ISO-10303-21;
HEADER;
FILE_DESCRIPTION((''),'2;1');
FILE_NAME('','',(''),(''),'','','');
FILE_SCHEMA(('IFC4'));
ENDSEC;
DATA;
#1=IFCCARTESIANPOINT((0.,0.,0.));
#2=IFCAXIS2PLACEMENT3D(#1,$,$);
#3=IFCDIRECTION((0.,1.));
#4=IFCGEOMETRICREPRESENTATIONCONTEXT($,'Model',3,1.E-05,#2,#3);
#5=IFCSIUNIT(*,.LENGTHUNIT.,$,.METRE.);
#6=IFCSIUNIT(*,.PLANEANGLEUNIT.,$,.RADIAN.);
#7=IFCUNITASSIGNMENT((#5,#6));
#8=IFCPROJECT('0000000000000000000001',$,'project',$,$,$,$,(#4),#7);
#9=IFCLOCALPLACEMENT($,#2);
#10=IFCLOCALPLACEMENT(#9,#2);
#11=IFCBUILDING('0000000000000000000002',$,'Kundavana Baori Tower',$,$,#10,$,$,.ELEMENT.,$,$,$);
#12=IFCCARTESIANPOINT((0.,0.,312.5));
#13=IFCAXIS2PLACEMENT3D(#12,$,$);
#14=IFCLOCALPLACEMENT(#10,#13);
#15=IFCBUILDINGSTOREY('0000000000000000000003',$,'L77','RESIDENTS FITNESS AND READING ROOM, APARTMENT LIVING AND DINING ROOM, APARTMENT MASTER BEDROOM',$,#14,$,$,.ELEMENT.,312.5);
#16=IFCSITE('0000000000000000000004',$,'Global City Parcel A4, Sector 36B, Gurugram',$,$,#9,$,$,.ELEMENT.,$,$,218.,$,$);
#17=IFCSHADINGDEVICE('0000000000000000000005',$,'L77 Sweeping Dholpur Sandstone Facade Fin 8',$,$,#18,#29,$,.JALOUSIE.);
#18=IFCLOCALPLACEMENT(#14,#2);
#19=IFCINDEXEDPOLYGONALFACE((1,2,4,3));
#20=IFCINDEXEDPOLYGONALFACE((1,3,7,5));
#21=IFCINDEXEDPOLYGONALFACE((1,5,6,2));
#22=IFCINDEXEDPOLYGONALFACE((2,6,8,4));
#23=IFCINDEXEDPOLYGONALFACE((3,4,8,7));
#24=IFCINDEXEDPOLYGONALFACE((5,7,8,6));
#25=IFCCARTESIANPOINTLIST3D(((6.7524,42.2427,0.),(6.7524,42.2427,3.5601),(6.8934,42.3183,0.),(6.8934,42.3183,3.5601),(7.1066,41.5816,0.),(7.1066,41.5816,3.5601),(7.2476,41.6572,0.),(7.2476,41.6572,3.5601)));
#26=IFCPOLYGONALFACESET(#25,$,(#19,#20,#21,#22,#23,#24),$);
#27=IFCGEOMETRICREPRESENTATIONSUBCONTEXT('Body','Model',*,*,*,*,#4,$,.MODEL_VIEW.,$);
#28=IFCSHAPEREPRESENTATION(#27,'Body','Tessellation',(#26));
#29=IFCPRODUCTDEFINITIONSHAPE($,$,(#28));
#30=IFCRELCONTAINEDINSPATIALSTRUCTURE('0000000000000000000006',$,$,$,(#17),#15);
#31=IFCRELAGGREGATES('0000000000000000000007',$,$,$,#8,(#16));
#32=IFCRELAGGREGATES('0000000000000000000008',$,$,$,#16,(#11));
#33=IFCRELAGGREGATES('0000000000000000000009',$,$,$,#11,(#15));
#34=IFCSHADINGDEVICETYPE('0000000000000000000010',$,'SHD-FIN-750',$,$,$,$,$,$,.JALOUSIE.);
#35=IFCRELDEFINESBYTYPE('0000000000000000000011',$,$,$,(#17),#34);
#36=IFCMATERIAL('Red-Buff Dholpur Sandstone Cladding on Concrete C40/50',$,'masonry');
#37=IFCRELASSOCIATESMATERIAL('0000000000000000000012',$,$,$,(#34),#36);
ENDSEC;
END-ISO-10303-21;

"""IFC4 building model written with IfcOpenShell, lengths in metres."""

from ifc_helpers import new_model, si_unit, direction, frame, origin, origin_2d, place, context, subcontext, project, spatial, rectangle, extrude, material, type_object, element, save


model = new_model("IFC4")

# Units and contexts
model_context = context("Model", 3, precision=1e-05, world=origin(), true_north=direction((0.0, 1.0)))
body_context = subcontext(model_context, "Body", "Model", "MODEL_VIEW")
ifc_project = project(units=[si_unit("LENGTHUNIT", "METRE"), si_unit("PLANEANGLEUNIT", "RADIAN")], contexts=[model_context])

# Site, building, storey
site_placement = place(None, origin())
site = spatial("IfcSite", under=ifc_project, at=site_placement, Name="Global City Parcel A4, Sector 36B, Gurugram", CompositionType="ELEMENT", RefElevation=218.0)
building_placement = place(site_placement, origin())
building = spatial("IfcBuilding", under=site, at=building_placement, Name="Kundavana Baori Tower", CompositionType="ELEMENT")
storey_placement = place(building_placement, frame((0.0, 0.0, 312.5)))
storey = spatial("IfcBuildingStorey", under=building, at=storey_placement, Name="L77", Description="RESIDENTS FITNESS AND READING ROOM, APARTMENT LIVING AND DINING ROOM, APARTMENT MASTER BEDROOM", CompositionType="ELEMENT", Elevation=312.5)

# Shading device
ifc_material_1 = material(Name="Red-Buff Dholpur Sandstone Cladding on Concrete C40/50", Category="masonry")
shading_device_type = type_object("IfcShadingDeviceType", Name="SHD-FIN-750", PredefinedType="JALOUSIE", material=ifc_material_1)
shading_device_placement = place(storey_placement, frame((7.0, 41.95, 0.0), z_axis=(0.0, 0.0, 1.0), x_axis=(0.881468, 0.472243, 0.0)))
element("IfcShadingDevice", 1, at=shading_device_placement, inside=storey, type_object=shading_device_type, Name="L77 Sweeping Dholpur Sandstone Facade Fin 8", PredefinedType="JALOUSIE", context=body_context, shape_type="SweptSolid", body=[
    extrude(rectangle(XDim=0.1599, YDim=0.75, at=origin_2d()), origin(), (0.0, 0.0, 1.0), 3.5601),
])

save(model, "model.ifc")
